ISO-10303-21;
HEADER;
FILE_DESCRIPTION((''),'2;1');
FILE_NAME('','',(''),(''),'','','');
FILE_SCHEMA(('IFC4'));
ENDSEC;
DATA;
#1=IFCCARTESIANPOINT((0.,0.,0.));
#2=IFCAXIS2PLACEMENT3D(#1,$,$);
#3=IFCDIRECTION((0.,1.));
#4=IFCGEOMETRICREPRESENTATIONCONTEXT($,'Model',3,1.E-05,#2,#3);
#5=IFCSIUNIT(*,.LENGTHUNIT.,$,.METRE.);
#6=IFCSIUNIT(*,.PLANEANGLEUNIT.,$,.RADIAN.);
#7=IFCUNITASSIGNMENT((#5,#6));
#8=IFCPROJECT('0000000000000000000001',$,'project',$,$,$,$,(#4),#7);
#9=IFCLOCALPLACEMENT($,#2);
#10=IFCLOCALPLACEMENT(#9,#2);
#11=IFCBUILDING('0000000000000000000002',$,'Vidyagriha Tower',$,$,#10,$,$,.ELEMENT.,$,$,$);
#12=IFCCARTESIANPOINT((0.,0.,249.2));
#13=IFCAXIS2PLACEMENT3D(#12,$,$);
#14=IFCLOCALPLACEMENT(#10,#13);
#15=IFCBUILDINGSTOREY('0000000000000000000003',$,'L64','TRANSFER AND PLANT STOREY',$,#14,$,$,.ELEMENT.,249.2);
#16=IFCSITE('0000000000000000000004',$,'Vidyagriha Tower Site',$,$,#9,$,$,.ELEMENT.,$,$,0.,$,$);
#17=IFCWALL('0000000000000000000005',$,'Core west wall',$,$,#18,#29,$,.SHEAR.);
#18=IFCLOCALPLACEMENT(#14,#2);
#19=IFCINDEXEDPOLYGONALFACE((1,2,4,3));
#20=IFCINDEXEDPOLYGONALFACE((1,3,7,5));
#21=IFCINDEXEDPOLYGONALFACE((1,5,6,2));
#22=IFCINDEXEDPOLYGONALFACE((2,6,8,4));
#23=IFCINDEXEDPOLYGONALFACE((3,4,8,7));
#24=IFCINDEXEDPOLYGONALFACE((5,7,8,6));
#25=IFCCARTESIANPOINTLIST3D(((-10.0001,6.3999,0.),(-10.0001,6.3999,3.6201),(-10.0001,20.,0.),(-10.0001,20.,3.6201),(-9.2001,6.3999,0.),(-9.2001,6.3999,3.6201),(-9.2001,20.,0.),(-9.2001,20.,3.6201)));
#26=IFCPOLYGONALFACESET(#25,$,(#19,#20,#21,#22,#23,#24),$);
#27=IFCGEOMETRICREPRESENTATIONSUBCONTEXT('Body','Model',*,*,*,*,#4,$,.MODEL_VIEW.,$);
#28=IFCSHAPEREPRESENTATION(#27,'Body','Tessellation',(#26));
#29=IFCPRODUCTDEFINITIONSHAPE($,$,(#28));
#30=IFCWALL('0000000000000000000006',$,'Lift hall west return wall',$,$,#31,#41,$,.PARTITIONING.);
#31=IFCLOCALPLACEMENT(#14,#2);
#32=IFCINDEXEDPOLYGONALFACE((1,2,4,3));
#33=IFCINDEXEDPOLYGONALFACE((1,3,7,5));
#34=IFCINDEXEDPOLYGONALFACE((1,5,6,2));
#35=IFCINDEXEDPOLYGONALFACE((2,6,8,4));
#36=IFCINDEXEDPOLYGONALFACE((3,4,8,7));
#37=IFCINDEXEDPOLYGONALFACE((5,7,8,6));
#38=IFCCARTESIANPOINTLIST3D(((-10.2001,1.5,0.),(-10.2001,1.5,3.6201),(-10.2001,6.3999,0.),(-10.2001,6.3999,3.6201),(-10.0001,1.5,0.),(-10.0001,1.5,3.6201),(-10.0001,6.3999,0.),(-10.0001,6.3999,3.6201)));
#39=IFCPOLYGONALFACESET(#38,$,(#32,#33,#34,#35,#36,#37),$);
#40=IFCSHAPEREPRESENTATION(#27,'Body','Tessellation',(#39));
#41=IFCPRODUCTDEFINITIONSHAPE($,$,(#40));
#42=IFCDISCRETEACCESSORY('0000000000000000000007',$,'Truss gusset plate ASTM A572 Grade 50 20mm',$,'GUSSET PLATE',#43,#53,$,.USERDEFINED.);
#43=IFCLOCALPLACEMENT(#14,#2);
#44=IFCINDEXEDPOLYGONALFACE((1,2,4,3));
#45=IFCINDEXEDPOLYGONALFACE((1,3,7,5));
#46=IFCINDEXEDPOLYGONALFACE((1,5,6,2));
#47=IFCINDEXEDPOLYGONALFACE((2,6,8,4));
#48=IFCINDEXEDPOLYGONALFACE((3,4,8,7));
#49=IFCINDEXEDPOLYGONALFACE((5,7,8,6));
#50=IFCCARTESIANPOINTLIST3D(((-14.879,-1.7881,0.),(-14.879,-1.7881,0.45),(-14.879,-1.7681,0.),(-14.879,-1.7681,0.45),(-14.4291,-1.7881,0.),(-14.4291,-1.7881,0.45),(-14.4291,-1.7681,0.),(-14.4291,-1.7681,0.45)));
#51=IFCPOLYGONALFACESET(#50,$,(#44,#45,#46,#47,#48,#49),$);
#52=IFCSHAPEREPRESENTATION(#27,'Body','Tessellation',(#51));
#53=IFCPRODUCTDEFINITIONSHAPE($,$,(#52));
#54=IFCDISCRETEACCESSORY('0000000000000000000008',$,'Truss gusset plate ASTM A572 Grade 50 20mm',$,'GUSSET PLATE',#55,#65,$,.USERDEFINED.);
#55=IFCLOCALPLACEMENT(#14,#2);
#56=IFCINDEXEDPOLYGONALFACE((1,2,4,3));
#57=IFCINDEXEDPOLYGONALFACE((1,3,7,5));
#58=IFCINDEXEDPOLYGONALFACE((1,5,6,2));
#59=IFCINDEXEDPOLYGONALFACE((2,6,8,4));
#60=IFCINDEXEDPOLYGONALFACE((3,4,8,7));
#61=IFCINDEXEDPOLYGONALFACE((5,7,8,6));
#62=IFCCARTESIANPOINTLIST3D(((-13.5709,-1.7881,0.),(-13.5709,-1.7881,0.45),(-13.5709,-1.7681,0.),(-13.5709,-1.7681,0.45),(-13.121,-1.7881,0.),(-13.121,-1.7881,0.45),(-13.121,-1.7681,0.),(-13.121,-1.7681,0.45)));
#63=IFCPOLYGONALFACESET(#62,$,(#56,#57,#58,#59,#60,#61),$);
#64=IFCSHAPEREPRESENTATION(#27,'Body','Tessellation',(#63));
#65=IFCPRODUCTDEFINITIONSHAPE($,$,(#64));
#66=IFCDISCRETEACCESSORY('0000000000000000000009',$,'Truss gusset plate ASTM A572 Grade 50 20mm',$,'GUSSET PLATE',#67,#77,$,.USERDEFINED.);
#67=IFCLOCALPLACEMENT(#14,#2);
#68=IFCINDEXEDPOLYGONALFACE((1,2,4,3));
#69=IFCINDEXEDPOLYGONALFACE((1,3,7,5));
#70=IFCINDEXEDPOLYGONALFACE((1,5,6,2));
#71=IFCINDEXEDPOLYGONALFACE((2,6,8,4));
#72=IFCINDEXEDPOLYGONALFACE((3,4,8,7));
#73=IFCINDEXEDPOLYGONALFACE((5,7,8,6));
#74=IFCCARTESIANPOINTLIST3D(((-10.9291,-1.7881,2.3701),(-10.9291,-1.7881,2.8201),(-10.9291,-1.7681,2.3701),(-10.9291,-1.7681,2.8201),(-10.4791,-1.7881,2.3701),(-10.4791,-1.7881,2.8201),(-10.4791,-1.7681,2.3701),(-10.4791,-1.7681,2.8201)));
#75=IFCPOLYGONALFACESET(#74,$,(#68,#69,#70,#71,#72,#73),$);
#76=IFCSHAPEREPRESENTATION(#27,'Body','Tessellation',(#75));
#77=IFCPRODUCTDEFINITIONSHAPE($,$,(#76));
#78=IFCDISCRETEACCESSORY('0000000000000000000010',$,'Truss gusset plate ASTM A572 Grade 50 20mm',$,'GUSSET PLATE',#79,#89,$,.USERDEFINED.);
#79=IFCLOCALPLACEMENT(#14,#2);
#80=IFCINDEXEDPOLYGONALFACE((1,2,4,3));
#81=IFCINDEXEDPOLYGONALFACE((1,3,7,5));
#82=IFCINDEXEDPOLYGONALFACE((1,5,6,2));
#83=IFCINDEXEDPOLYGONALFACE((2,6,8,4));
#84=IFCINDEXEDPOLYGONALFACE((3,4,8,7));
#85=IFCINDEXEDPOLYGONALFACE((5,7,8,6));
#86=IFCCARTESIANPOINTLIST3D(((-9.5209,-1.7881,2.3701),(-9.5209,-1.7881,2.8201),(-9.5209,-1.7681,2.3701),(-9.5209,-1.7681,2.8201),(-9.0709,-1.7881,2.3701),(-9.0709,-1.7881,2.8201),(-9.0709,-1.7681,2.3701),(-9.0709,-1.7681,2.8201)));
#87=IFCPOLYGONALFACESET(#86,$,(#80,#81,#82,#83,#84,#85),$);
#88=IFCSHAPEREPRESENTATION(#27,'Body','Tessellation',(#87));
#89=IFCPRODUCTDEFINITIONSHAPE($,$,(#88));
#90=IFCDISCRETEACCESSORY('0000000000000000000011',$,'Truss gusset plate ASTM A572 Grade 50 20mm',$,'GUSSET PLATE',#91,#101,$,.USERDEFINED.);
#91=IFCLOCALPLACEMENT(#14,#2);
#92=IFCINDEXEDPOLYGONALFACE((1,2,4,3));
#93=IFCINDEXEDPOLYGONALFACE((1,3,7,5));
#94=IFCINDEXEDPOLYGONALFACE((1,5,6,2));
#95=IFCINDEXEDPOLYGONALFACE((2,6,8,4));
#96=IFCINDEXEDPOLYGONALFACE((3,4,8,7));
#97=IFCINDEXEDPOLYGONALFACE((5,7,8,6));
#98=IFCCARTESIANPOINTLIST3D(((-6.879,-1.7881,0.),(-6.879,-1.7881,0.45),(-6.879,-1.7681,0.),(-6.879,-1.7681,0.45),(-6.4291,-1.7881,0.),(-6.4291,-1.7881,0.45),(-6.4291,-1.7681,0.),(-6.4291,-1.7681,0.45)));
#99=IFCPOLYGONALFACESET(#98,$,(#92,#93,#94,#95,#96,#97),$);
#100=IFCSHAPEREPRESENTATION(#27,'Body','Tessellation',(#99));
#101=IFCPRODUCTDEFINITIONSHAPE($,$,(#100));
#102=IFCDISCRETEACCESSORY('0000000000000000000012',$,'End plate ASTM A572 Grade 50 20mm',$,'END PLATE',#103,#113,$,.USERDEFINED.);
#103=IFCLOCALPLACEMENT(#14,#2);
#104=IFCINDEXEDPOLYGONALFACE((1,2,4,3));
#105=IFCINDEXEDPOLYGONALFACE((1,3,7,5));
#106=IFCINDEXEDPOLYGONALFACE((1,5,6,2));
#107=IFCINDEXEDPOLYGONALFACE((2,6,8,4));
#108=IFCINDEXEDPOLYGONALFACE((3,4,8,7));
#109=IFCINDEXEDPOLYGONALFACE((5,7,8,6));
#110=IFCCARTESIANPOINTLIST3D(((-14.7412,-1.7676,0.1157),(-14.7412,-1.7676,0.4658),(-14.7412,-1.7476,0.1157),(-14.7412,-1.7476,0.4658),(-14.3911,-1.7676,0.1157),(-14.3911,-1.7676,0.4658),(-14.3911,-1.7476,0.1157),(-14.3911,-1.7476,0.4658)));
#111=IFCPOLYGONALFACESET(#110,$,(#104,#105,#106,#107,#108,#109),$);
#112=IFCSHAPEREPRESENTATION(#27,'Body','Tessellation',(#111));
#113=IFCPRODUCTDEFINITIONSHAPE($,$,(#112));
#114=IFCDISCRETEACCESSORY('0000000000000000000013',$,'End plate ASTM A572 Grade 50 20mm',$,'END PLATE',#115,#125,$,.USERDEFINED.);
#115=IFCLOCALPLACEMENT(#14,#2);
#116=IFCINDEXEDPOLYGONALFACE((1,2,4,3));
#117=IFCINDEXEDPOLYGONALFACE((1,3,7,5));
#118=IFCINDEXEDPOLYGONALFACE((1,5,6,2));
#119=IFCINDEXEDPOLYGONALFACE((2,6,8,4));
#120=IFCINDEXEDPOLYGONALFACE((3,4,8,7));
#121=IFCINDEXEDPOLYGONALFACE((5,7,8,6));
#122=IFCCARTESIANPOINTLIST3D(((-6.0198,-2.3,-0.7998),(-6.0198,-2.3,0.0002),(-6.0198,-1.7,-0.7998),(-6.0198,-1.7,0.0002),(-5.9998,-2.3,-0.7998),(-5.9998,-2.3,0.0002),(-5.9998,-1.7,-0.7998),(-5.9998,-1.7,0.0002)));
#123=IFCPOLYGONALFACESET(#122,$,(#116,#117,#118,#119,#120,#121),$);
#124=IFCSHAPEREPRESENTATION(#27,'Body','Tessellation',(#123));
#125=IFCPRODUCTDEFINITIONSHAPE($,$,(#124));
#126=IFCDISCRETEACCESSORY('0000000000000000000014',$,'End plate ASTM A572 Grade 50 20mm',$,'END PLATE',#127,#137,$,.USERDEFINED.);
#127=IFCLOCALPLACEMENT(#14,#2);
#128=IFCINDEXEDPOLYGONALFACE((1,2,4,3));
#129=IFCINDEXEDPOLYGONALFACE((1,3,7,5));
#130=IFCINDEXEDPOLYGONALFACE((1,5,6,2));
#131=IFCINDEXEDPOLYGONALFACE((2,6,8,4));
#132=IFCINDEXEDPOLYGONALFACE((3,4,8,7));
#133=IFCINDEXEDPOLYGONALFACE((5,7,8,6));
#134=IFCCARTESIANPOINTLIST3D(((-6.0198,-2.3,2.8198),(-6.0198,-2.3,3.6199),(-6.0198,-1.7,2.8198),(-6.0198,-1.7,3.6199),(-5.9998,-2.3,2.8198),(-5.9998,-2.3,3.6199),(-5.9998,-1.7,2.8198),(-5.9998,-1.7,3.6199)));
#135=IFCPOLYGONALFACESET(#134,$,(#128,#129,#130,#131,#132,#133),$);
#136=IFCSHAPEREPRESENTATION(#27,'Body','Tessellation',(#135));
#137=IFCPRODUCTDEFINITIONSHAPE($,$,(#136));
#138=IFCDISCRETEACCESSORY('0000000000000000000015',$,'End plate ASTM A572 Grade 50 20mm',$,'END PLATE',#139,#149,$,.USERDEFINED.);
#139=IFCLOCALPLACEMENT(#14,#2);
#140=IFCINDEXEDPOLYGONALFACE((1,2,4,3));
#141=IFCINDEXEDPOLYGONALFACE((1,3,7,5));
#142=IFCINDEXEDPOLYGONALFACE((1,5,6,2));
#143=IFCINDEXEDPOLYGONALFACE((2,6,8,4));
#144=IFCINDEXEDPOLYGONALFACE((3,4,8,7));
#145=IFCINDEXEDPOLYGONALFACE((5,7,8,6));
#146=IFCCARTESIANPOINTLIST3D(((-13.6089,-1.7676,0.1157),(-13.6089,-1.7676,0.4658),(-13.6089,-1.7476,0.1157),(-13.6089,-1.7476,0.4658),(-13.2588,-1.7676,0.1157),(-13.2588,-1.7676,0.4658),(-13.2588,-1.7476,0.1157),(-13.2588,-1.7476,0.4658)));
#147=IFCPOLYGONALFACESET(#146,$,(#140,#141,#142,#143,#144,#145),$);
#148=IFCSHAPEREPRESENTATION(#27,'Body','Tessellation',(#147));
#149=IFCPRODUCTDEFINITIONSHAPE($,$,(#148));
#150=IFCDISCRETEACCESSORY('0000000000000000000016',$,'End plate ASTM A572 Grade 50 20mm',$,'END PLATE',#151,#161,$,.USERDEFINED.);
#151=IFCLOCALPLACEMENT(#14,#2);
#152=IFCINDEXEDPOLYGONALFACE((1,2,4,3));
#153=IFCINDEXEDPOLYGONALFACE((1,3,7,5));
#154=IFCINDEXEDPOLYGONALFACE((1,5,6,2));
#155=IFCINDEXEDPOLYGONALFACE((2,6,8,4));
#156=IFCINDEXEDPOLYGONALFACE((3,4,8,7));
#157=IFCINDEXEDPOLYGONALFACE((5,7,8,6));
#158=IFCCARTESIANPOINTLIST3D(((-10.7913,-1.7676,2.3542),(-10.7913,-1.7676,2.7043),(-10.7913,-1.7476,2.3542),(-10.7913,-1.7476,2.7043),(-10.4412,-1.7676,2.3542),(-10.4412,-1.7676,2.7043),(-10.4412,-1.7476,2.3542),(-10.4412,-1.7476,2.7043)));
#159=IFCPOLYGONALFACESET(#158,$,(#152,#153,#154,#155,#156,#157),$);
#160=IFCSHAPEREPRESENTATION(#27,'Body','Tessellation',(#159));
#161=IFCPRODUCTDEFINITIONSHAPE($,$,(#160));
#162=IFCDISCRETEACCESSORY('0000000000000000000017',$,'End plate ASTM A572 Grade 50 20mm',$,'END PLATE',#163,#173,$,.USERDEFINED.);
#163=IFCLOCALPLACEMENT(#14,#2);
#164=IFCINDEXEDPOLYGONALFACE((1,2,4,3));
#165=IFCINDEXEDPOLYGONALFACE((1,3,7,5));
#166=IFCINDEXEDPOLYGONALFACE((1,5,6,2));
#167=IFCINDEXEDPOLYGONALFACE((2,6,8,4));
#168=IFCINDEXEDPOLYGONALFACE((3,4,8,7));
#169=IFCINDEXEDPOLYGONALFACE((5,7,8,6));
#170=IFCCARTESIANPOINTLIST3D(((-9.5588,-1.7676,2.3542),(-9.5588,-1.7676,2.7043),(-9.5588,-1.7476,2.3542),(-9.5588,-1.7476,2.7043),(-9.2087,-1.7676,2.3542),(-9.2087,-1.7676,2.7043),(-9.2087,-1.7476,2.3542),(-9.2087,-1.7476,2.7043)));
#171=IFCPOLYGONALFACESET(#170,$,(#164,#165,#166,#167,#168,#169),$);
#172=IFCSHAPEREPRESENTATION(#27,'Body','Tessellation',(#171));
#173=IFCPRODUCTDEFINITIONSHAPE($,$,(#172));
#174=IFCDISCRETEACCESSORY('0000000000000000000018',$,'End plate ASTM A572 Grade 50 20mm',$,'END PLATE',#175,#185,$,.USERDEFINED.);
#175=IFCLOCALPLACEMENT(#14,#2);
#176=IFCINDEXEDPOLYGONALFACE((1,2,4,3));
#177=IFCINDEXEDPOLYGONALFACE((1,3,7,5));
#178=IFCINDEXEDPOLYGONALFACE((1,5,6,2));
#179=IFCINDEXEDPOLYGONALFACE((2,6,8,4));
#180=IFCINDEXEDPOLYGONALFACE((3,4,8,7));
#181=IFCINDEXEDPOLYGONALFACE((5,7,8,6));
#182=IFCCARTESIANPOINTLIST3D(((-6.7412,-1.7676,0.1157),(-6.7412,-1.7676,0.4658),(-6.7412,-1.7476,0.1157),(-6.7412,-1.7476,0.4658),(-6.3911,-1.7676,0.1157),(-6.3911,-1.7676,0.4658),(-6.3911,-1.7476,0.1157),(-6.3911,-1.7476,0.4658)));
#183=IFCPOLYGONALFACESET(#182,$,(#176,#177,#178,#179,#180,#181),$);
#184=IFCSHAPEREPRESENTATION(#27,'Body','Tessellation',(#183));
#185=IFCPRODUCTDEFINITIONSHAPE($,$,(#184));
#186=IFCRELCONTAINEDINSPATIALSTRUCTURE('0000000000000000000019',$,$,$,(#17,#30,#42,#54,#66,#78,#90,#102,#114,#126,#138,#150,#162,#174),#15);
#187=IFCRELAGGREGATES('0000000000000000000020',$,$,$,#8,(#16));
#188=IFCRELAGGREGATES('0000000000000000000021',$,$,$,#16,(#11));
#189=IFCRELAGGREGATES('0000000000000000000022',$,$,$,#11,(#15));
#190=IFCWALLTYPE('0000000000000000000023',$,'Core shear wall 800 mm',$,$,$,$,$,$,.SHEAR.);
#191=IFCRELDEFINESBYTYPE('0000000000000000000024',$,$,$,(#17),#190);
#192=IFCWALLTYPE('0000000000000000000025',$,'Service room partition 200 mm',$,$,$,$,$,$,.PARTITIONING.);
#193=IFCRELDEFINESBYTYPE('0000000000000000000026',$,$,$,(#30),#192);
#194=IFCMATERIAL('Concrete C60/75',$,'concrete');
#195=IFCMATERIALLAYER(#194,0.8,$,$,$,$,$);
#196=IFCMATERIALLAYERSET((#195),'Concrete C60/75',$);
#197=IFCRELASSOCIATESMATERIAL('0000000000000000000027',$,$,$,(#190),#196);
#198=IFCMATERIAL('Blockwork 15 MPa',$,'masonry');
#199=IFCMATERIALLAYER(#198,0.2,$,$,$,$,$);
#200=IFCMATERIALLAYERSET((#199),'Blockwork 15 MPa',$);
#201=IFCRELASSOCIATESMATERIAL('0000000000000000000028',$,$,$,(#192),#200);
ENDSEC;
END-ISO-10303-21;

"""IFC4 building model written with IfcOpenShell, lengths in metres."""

from ifc_helpers import new_model, si_unit, direction, frame, frame_2d, origin, origin_2d, place, context, subcontext, project, spatial, rectangle, extrude, material, layer, layer_set, type_object, element, save


model = new_model("IFC4")

# Units and contexts
model_context = context("Model", 3, precision=1e-05, world=origin(), true_north=direction((0.0, 1.0)))
body_context = subcontext(model_context, "Body", "Model", "MODEL_VIEW")
ifc_project = project(units=[si_unit("LENGTHUNIT", "METRE"), si_unit("PLANEANGLEUNIT", "RADIAN")], contexts=[model_context])

# Site, building, storey
site_placement = place(None, origin())
site = spatial("IfcSite", under=ifc_project, at=site_placement, Name="Vidyagriha Tower Site", CompositionType="ELEMENT", RefElevation=0.0)
building_placement = place(site_placement, origin())
building = spatial("IfcBuilding", under=site, at=building_placement, Name="Vidyagriha Tower", CompositionType="ELEMENT")
storey_placement = place(building_placement, frame((0.0, 0.0, 249.2)))
storey = spatial("IfcBuildingStorey", under=building, at=storey_placement, Name="L64", Description="TRANSFER AND PLANT STOREY", CompositionType="ELEMENT", Elevation=249.2)

# Walls
ifc_material_1 = material(Name="Concrete C60/75", Category="concrete")
ifc_layer_1 = layer(ifc_material_1, 0.8)
ifc_layer_set_1 = layer_set([ifc_layer_1], Name="Concrete C60/75")
wall_type_1 = type_object("IfcWallType", Name="Core shear wall 800 mm", PredefinedType="SHEAR", material=ifc_layer_set_1)
wall_1_placement = place(storey_placement, frame((-9.6001, 6.3999, 0.0), z_axis=(0.0, 0.0, 1.0), x_axis=(0.0, 1.0, 0.0)))
element("IfcWall", 1, at=wall_1_placement, inside=storey, type_object=wall_type_1, Name="Core west wall", PredefinedType="SHEAR", context=body_context, shape_type="SweptSolid", body=[
    extrude(rectangle(XDim=13.6001, YDim=0.8, at=frame_2d((6.8, 0.0))), origin(), (0.0, 0.0, 1.0), 3.6201),
])
ifc_material_2 = material(Name="Blockwork 15 MPa", Category="masonry")
ifc_layer_2 = layer(ifc_material_2, 0.2)
ifc_layer_set_2 = layer_set([ifc_layer_2], Name="Blockwork 15 MPa")
wall_type_2 = type_object("IfcWallType", Name="Service room partition 200 mm", PredefinedType="PARTITIONING", material=ifc_layer_set_2)
wall_2_placement = place(storey_placement, frame((-10.1001, 1.5, 0.0), z_axis=(0.0, 0.0, 1.0), x_axis=(0.0, 1.0, 0.0)))
element("IfcWall", 2, at=wall_2_placement, inside=storey, type_object=wall_type_2, Name="Lift hall west return wall", PredefinedType="PARTITIONING", context=body_context, shape_type="SweptSolid", body=[
    extrude(rectangle(XDim=4.8999, YDim=0.2, at=frame_2d((2.45, 0.0))), origin(), (0.0, 0.0, 1.0), 3.6201),
])

# Discrete accessories
for number, where, name in (
    (3, (-14.6541, -1.7781, 0.0), "Truss gusset plate ASTM A572 Grade 50 20mm"),
    (4, (-13.3459, -1.7781, 0.0), "Truss gusset plate ASTM A572 Grade 50 20mm"),
    (5, (-10.7041, -1.7781, 2.3701), "Truss gusset plate ASTM A572 Grade 50 20mm"),
    (6, (-9.2959, -1.7781, 2.3701), "Truss gusset plate ASTM A572 Grade 50 20mm"),
    (7, (-6.6541, -1.7781, 0.0), "Truss gusset plate ASTM A572 Grade 50 20mm"),
):
    element("IfcDiscreteAccessory", number, at=place(storey_placement, frame(where)), inside=storey, Name=name, ObjectType="GUSSET PLATE", PredefinedType="USERDEFINED", context=body_context, shape_type="SweptSolid", body=[
        extrude(rectangle(XDim=0.45, YDim=0.02, at=origin_2d()), origin(), (0.0, 0.0, 1.0), 0.45),
    ])
discrete_accessory_1_placement = place(storey_placement, frame((-14.5662, -1.7576, 0.1157)))
element("IfcDiscreteAccessory", 8, at=discrete_accessory_1_placement, inside=storey, Name="End plate ASTM A572 Grade 50 20mm", ObjectType="END PLATE", PredefinedType="USERDEFINED", context=body_context, shape_type="SweptSolid", body=[
    extrude(rectangle(XDim=0.3501, YDim=0.02, at=origin_2d()), origin(), (0.0, 0.0, 1.0), 0.3501),
])
for number, where, name in (
    (9, (-6.0098, -2.0, -0.7998), "End plate ASTM A572 Grade 50 20mm"),
    (10, (-6.0098, -2.0, 2.8198), "End plate ASTM A572 Grade 50 20mm"),
):
    element("IfcDiscreteAccessory", number, at=place(storey_placement, frame(where)), inside=storey, Name=name, ObjectType="END PLATE", PredefinedType="USERDEFINED", context=body_context, shape_type="SweptSolid", body=[
        extrude(rectangle(XDim=0.02, YDim=0.6001, at=origin_2d()), origin(), (0.0, 0.0, 1.0), 0.8),
    ])
discrete_accessory_2_placement = place(storey_placement, frame((-13.4338, -1.7576, 0.1157), z_axis=(0.0, 0.0, 1.0), x_axis=(-1.0, 0.0, 0.0)))
element("IfcDiscreteAccessory", 11, at=discrete_accessory_2_placement, inside=storey, Name="End plate ASTM A572 Grade 50 20mm", ObjectType="END PLATE", PredefinedType="USERDEFINED", context=body_context, shape_type="SweptSolid", body=[
    extrude(rectangle(XDim=0.3501, YDim=0.02, at=origin_2d()), origin(), (0.0, 0.0, 1.0), 0.3501),
])
discrete_accessory_3_placement = place(storey_placement, frame((-10.6162, -1.7576, 2.3542)))
element("IfcDiscreteAccessory", 12, at=discrete_accessory_3_placement, inside=storey, Name="End plate ASTM A572 Grade 50 20mm", ObjectType="END PLATE", PredefinedType="USERDEFINED", context=body_context, shape_type="SweptSolid", body=[
    extrude(rectangle(XDim=0.3501, YDim=0.02, at=origin_2d()), origin(), (0.0, 0.0, 1.0), 0.3501),
])
discrete_accessory_4_placement = place(storey_placement, frame((-9.3838, -1.7576, 2.3542), z_axis=(0.0, 0.0, 1.0), x_axis=(-1.0, 0.0, 0.0)))
element("IfcDiscreteAccessory", 13, at=discrete_accessory_4_placement, inside=storey, Name="End plate ASTM A572 Grade 50 20mm", ObjectType="END PLATE", PredefinedType="USERDEFINED", context=body_context, shape_type="SweptSolid", body=[
    extrude(rectangle(XDim=0.3501, YDim=0.02, at=origin_2d()), origin(), (0.0, 0.0, 1.0), 0.3501),
])
discrete_accessory_5_placement = place(storey_placement, frame((-6.5662, -1.7576, 0.1157)))
element("IfcDiscreteAccessory", 14, at=discrete_accessory_5_placement, inside=storey, Name="End plate ASTM A572 Grade 50 20mm", ObjectType="END PLATE", PredefinedType="USERDEFINED", context=body_context, shape_type="SweptSolid", body=[
    extrude(rectangle(XDim=0.3501, YDim=0.02, at=origin_2d()), origin(), (0.0, 0.0, 1.0), 0.3501),
])

save(model, "model.ifc")
